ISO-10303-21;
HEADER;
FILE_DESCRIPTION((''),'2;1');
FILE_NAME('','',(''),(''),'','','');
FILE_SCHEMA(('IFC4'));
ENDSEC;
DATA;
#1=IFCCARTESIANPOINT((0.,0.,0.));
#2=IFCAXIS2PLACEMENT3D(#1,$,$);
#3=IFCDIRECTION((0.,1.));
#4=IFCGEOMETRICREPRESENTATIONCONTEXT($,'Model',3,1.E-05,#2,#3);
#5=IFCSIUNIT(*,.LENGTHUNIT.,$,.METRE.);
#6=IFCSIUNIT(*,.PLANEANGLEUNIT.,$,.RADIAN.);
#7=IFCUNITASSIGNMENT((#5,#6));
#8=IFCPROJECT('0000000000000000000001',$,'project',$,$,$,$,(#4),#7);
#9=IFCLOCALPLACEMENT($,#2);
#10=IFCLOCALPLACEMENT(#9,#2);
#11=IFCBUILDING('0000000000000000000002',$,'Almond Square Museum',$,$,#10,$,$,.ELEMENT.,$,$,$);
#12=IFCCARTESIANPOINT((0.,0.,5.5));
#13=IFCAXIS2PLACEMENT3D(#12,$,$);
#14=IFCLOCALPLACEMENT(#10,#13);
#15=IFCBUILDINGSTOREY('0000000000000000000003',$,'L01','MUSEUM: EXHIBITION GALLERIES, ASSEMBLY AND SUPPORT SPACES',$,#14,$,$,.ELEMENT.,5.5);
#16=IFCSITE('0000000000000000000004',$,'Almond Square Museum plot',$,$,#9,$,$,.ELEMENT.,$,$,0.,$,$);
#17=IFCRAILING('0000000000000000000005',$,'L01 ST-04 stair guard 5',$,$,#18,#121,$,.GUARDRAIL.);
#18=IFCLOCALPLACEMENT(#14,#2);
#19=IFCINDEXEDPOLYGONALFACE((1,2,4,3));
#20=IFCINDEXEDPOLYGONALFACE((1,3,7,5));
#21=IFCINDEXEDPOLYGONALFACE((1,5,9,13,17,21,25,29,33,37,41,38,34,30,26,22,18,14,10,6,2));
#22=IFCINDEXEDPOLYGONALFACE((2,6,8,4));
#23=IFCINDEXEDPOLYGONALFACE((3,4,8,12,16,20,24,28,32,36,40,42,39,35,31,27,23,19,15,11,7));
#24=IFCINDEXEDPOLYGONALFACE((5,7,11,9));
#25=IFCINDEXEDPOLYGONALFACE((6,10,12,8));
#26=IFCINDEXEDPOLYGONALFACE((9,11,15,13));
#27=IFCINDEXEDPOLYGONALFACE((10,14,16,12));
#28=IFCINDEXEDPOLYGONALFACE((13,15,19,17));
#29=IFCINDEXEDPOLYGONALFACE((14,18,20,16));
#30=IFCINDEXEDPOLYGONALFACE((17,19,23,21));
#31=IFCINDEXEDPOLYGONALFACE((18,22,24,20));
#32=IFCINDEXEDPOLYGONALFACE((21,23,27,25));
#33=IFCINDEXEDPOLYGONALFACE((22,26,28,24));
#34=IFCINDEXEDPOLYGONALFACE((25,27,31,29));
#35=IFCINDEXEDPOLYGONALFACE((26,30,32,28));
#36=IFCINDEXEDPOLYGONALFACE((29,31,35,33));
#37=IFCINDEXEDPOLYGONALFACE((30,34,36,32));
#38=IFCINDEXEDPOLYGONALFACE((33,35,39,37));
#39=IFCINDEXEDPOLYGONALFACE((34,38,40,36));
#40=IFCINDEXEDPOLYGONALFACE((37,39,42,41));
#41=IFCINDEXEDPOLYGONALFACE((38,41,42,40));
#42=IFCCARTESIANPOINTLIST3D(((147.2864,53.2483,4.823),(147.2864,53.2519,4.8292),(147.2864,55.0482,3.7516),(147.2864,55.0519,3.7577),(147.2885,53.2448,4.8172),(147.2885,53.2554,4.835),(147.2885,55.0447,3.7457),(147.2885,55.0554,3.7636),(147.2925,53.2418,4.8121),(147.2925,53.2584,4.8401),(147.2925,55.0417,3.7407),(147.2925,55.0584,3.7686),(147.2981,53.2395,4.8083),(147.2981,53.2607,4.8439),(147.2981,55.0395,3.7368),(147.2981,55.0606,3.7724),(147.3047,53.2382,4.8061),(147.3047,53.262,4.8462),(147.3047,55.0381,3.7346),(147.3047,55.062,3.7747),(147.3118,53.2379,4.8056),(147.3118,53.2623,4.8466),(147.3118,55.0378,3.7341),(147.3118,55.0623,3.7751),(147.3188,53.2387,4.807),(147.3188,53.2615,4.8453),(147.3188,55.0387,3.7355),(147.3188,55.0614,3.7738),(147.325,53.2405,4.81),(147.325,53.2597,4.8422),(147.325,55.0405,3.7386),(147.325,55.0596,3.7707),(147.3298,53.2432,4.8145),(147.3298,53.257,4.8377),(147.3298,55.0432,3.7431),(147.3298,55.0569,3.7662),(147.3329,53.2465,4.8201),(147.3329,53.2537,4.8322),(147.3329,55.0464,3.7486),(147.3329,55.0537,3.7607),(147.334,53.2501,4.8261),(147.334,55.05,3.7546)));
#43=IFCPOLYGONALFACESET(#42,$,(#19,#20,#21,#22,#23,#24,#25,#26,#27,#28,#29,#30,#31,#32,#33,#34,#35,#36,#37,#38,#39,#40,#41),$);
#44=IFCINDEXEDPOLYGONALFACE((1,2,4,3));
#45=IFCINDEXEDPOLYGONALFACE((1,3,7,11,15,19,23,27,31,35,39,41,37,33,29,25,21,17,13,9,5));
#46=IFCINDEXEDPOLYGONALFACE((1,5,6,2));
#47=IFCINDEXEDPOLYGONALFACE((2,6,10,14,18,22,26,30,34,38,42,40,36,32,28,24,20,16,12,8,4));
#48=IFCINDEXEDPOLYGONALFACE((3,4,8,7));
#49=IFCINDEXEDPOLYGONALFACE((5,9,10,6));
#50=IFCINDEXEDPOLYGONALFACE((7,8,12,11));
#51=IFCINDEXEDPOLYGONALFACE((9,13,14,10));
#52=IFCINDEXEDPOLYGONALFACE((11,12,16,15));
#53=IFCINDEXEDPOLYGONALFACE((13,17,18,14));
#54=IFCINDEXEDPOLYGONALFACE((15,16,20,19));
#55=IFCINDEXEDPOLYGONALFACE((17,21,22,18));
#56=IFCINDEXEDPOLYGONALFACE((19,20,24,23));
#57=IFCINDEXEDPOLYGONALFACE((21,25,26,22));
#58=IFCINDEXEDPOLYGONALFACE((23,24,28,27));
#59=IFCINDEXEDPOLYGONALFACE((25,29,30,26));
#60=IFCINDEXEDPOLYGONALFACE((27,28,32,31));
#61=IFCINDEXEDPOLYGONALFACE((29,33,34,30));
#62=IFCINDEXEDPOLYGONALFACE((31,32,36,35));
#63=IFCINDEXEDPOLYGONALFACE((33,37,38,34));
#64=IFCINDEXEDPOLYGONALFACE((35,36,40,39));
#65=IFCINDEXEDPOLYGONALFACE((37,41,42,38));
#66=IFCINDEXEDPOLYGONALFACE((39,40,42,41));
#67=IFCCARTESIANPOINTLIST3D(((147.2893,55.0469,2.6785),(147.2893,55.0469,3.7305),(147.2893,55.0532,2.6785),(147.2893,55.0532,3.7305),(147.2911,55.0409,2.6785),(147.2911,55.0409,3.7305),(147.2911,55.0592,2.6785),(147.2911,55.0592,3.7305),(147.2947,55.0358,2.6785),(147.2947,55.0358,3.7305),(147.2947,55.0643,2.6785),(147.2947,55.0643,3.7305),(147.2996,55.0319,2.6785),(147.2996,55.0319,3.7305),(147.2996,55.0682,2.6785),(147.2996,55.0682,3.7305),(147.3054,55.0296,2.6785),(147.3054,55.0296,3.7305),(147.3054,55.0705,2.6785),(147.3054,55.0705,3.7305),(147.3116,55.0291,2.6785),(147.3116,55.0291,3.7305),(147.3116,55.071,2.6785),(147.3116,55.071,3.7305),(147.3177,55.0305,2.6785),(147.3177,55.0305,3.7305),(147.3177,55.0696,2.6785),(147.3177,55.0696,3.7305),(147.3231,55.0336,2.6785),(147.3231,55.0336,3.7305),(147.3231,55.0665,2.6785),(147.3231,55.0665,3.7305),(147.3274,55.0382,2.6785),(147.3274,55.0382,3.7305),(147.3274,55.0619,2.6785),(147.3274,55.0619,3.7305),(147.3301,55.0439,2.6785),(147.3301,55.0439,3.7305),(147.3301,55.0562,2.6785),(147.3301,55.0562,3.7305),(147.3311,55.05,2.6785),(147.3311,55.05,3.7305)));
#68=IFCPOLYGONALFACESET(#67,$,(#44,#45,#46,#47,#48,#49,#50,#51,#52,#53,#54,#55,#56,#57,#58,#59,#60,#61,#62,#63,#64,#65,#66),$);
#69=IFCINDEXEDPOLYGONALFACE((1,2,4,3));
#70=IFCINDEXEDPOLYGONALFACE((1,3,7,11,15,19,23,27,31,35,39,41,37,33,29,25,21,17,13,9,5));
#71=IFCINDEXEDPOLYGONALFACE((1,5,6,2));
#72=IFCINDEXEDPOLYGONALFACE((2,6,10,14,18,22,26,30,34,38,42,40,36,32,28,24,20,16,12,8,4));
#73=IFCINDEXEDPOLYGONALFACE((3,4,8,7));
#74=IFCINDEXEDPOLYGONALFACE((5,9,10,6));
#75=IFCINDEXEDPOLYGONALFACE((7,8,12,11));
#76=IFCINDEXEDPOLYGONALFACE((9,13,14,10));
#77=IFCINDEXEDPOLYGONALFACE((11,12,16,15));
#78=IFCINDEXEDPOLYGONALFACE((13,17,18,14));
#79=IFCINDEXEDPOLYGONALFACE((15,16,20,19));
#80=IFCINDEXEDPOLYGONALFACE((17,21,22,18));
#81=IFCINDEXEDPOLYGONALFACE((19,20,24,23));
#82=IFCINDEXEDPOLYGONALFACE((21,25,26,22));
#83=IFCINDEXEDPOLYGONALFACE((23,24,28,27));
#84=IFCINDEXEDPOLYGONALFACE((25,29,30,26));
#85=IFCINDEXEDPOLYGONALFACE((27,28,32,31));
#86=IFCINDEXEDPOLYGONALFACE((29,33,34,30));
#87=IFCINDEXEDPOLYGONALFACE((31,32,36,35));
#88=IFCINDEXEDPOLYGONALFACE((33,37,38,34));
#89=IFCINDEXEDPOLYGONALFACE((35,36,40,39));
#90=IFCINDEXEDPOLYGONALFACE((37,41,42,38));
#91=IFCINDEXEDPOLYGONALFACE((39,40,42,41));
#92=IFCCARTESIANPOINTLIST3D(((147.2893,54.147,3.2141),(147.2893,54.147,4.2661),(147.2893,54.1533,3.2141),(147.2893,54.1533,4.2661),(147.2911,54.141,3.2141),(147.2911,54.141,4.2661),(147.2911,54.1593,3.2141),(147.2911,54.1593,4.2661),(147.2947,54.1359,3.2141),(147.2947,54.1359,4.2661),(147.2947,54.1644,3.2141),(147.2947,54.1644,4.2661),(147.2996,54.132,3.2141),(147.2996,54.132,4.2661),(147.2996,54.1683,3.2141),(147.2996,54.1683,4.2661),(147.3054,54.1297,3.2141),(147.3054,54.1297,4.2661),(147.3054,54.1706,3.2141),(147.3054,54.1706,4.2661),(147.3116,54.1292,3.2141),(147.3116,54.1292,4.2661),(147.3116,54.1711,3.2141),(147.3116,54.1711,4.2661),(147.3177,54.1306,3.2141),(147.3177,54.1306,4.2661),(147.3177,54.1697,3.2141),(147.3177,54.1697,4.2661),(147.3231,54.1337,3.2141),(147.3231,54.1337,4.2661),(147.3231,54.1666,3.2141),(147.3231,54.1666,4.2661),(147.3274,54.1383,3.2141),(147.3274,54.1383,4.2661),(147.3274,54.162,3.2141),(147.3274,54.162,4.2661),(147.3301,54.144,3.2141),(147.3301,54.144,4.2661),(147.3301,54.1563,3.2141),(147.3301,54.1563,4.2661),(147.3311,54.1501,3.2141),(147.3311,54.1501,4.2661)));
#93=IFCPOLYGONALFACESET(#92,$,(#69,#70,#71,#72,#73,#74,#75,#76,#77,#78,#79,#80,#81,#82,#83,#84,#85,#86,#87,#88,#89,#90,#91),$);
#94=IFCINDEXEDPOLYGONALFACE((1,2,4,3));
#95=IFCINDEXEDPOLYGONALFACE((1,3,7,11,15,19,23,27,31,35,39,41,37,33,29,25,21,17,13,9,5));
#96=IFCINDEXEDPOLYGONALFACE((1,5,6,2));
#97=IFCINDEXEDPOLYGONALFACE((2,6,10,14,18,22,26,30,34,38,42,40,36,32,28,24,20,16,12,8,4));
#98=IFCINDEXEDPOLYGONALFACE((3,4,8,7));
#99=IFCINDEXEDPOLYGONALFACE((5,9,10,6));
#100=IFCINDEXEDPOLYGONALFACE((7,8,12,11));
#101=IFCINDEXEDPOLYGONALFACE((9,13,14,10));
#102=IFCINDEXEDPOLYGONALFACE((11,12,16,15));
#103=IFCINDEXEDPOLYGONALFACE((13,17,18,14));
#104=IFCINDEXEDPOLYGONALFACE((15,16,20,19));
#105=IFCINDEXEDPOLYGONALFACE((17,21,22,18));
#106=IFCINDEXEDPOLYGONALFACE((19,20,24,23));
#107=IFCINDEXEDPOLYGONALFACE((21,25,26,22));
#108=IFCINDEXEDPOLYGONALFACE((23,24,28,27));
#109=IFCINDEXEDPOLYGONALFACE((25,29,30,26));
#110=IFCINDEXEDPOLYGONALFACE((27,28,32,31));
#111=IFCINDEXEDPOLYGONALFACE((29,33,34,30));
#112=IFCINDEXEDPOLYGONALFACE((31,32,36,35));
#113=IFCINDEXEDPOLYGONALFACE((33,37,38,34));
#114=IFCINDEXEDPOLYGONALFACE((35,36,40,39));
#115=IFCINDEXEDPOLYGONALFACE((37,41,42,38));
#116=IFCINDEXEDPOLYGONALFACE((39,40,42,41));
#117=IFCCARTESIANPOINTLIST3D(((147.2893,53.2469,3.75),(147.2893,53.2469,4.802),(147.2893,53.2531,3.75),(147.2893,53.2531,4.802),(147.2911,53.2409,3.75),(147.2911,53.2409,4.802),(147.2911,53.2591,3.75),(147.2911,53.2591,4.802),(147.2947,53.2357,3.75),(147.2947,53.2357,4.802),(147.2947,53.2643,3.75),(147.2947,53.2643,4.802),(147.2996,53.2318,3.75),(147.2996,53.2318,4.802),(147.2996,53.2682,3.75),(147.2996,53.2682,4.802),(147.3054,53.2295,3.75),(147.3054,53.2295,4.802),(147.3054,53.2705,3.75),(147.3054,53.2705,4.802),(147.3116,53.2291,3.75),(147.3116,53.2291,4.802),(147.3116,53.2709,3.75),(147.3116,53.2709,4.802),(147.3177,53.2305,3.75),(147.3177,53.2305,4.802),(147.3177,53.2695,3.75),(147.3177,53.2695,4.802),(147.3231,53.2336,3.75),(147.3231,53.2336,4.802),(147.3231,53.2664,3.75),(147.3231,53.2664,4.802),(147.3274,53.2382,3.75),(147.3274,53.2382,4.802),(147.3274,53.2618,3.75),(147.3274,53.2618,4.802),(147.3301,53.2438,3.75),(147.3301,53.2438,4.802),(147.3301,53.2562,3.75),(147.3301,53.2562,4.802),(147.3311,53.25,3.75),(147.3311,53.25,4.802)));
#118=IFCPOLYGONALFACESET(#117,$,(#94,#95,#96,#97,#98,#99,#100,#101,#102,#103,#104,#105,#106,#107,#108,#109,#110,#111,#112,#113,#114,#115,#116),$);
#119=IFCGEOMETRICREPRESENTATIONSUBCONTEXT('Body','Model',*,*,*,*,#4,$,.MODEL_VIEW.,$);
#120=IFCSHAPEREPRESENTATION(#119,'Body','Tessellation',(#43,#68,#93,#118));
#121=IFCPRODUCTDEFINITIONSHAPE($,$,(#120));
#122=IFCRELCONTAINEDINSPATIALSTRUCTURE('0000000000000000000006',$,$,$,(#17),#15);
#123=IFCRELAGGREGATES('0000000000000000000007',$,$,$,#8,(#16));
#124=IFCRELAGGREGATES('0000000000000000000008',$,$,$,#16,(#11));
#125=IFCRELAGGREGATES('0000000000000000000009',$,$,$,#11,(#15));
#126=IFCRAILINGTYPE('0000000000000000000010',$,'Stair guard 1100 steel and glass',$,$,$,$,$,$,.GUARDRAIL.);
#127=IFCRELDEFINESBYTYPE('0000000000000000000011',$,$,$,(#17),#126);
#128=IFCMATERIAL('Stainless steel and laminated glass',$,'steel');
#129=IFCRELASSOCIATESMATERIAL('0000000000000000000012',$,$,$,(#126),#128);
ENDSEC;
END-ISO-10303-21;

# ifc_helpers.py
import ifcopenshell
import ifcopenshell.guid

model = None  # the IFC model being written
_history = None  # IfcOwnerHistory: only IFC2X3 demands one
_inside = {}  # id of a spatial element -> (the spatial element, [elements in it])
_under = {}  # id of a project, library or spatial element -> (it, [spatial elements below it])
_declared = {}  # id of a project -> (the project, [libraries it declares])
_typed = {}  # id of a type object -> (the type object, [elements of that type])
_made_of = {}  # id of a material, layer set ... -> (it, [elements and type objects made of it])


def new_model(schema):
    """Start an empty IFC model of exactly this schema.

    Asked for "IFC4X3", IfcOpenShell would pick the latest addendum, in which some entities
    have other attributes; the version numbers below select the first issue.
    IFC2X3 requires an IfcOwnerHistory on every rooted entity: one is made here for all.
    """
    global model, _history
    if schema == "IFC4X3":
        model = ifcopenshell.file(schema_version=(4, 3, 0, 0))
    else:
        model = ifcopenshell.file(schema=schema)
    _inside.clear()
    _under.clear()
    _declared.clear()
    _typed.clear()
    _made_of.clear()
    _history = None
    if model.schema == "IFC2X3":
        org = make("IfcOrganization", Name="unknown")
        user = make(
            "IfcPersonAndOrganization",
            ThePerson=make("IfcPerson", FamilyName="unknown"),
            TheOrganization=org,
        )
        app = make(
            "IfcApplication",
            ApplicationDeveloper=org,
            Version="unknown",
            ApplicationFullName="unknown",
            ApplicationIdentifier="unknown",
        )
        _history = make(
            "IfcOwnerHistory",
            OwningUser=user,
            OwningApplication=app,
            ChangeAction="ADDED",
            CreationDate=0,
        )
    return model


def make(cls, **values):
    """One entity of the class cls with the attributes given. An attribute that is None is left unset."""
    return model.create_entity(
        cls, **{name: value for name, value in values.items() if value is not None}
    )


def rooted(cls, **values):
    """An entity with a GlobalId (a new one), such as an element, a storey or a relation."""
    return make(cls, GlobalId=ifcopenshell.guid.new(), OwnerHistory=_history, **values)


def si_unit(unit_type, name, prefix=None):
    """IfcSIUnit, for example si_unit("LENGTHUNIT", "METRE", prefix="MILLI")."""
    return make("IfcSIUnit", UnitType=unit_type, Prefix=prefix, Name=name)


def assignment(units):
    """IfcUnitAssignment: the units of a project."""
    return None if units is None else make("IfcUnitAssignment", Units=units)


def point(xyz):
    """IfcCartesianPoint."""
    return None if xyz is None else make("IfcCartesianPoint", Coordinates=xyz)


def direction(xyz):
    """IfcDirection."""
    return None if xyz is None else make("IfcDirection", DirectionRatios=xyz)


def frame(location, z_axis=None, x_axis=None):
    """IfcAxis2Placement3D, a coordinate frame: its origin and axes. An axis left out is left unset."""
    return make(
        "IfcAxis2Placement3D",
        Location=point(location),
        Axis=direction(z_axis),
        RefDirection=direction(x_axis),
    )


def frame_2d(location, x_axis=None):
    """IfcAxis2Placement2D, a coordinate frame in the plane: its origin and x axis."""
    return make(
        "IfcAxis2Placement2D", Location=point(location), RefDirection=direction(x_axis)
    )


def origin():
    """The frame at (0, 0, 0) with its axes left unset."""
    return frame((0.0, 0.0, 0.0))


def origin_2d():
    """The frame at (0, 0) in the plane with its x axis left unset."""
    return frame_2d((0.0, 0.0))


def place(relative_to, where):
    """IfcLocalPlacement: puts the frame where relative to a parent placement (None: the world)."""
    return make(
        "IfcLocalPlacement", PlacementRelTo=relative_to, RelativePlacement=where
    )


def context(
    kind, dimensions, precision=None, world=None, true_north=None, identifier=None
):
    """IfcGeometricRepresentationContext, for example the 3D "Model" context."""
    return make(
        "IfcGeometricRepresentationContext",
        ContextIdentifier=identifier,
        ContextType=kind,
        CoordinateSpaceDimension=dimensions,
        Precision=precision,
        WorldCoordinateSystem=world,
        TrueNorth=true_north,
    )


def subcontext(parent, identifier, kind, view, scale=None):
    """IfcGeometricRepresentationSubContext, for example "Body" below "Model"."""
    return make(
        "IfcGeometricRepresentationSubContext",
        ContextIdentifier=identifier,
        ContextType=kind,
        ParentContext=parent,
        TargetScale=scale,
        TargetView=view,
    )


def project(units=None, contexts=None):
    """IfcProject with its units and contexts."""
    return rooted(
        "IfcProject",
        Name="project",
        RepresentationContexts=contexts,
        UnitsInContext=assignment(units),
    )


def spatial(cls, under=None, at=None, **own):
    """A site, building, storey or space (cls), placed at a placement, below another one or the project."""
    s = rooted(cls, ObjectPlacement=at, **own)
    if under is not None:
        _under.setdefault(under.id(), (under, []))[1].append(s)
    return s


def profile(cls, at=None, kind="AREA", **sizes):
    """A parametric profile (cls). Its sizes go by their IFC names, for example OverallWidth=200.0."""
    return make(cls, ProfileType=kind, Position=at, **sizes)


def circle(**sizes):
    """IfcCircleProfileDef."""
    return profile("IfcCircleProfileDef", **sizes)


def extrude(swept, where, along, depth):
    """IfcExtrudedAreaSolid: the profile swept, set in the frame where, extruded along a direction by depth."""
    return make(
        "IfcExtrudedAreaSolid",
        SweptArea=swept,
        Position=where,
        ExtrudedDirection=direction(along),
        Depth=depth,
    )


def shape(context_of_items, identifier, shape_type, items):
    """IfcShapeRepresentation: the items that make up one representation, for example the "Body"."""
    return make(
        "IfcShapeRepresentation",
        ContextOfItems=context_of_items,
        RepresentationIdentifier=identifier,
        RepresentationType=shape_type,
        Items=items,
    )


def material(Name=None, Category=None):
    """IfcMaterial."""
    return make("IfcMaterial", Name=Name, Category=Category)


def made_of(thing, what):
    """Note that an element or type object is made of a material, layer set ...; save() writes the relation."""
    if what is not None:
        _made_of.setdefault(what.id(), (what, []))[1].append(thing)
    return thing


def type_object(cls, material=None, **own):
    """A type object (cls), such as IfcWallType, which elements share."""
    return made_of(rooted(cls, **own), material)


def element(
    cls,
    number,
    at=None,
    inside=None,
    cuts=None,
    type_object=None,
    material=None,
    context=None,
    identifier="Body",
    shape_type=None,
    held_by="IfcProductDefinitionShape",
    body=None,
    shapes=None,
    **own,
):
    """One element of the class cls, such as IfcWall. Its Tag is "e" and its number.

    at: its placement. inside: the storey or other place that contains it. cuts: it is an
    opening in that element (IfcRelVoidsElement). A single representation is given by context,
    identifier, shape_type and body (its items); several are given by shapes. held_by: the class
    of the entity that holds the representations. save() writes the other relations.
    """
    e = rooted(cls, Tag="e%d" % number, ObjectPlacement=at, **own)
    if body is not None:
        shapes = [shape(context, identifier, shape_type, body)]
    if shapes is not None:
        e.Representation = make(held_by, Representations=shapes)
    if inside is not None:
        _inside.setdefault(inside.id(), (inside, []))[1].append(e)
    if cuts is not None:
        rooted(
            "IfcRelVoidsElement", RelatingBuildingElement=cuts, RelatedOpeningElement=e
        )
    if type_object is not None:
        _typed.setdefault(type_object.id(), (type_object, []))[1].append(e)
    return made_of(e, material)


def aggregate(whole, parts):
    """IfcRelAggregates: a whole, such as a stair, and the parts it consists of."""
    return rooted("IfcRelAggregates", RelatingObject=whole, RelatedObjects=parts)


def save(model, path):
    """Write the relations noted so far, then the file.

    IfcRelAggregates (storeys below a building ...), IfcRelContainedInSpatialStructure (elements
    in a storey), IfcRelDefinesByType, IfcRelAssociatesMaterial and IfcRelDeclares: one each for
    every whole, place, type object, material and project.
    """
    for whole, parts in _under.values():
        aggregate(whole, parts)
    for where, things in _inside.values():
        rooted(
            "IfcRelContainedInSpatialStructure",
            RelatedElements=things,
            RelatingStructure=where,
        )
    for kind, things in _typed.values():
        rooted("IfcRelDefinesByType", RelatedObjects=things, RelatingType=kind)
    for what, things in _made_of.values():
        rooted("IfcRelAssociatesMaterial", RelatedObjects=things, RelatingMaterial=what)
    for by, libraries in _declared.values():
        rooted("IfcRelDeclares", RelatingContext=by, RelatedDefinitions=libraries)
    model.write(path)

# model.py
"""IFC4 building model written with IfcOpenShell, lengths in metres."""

from ifc_helpers import new_model, si_unit, direction, frame, origin, origin_2d, place, context, subcontext, project, spatial, circle, extrude, material, type_object, element, save


model = new_model("IFC4")

# Units and contexts
model_context = context("Model", 3, precision=1e-05, world=origin(), true_north=direction((0.0, 1.0)))
body_context = subcontext(model_context, "Body", "Model", "MODEL_VIEW")
ifc_project = project(units=[si_unit("LENGTHUNIT", "METRE"), si_unit("PLANEANGLEUNIT", "RADIAN")], contexts=[model_context])

# Site, building, storey
site_placement = place(None, origin())
site = spatial("IfcSite", under=ifc_project, at=site_placement, Name="Almond Square Museum plot", CompositionType="ELEMENT", RefElevation=0.0)
building_placement = place(site_placement, origin())
building = spatial("IfcBuilding", under=site, at=building_placement, Name="Almond Square Museum", CompositionType="ELEMENT")
storey_placement = place(building_placement, frame((0.0, 0.0, 5.5)))
storey = spatial("IfcBuildingStorey", under=building, at=storey_placement, Name="L01", Description="MUSEUM: EXHIBITION GALLERIES, ASSEMBLY AND SUPPORT SPACES", CompositionType="ELEMENT", Elevation=5.5)

# Railing
ifc_material_1 = material(Name="Stainless steel and laminated glass", Category="steel")
railing_type_1 = type_object("IfcRailingType", Name="Stair guard 1100 steel and glass", PredefinedType="GUARDRAIL", material=ifc_material_1)
railing_1_placement = place(storey_placement, frame((147.3101, 55.05, 2.6785)))
element("IfcRailing", 1, at=railing_1_placement, inside=storey, type_object=railing_type_1, Name="L01 ST-04 stair guard 5", PredefinedType="GUARDRAIL", context=body_context, shape_type="SweptSolid", body=[
    extrude(circle(Radius=0.0239, at=origin_2d()), frame((0.0, 0.0, 1.0762), z_axis=(0.0, -0.859277, 0.51151), x_axis=(1.0, 0.0, 0.0)), (0.0, 0.0, 1.0), 2.0947),
    extrude(circle(Radius=0.021, at=origin_2d()), origin(), (0.0, 0.0, 1.0), 1.052),
    extrude(circle(Radius=0.021, at=origin_2d()), frame((0.0, -0.8999, 0.5356)), (0.0, 0.0, 1.0), 1.052),
    extrude(circle(Radius=0.021, at=origin_2d()), frame((0.0, -1.8, 1.0715)), (0.0, 0.0, 1.0), 1.052),
])

save(model, "model.ifc")
